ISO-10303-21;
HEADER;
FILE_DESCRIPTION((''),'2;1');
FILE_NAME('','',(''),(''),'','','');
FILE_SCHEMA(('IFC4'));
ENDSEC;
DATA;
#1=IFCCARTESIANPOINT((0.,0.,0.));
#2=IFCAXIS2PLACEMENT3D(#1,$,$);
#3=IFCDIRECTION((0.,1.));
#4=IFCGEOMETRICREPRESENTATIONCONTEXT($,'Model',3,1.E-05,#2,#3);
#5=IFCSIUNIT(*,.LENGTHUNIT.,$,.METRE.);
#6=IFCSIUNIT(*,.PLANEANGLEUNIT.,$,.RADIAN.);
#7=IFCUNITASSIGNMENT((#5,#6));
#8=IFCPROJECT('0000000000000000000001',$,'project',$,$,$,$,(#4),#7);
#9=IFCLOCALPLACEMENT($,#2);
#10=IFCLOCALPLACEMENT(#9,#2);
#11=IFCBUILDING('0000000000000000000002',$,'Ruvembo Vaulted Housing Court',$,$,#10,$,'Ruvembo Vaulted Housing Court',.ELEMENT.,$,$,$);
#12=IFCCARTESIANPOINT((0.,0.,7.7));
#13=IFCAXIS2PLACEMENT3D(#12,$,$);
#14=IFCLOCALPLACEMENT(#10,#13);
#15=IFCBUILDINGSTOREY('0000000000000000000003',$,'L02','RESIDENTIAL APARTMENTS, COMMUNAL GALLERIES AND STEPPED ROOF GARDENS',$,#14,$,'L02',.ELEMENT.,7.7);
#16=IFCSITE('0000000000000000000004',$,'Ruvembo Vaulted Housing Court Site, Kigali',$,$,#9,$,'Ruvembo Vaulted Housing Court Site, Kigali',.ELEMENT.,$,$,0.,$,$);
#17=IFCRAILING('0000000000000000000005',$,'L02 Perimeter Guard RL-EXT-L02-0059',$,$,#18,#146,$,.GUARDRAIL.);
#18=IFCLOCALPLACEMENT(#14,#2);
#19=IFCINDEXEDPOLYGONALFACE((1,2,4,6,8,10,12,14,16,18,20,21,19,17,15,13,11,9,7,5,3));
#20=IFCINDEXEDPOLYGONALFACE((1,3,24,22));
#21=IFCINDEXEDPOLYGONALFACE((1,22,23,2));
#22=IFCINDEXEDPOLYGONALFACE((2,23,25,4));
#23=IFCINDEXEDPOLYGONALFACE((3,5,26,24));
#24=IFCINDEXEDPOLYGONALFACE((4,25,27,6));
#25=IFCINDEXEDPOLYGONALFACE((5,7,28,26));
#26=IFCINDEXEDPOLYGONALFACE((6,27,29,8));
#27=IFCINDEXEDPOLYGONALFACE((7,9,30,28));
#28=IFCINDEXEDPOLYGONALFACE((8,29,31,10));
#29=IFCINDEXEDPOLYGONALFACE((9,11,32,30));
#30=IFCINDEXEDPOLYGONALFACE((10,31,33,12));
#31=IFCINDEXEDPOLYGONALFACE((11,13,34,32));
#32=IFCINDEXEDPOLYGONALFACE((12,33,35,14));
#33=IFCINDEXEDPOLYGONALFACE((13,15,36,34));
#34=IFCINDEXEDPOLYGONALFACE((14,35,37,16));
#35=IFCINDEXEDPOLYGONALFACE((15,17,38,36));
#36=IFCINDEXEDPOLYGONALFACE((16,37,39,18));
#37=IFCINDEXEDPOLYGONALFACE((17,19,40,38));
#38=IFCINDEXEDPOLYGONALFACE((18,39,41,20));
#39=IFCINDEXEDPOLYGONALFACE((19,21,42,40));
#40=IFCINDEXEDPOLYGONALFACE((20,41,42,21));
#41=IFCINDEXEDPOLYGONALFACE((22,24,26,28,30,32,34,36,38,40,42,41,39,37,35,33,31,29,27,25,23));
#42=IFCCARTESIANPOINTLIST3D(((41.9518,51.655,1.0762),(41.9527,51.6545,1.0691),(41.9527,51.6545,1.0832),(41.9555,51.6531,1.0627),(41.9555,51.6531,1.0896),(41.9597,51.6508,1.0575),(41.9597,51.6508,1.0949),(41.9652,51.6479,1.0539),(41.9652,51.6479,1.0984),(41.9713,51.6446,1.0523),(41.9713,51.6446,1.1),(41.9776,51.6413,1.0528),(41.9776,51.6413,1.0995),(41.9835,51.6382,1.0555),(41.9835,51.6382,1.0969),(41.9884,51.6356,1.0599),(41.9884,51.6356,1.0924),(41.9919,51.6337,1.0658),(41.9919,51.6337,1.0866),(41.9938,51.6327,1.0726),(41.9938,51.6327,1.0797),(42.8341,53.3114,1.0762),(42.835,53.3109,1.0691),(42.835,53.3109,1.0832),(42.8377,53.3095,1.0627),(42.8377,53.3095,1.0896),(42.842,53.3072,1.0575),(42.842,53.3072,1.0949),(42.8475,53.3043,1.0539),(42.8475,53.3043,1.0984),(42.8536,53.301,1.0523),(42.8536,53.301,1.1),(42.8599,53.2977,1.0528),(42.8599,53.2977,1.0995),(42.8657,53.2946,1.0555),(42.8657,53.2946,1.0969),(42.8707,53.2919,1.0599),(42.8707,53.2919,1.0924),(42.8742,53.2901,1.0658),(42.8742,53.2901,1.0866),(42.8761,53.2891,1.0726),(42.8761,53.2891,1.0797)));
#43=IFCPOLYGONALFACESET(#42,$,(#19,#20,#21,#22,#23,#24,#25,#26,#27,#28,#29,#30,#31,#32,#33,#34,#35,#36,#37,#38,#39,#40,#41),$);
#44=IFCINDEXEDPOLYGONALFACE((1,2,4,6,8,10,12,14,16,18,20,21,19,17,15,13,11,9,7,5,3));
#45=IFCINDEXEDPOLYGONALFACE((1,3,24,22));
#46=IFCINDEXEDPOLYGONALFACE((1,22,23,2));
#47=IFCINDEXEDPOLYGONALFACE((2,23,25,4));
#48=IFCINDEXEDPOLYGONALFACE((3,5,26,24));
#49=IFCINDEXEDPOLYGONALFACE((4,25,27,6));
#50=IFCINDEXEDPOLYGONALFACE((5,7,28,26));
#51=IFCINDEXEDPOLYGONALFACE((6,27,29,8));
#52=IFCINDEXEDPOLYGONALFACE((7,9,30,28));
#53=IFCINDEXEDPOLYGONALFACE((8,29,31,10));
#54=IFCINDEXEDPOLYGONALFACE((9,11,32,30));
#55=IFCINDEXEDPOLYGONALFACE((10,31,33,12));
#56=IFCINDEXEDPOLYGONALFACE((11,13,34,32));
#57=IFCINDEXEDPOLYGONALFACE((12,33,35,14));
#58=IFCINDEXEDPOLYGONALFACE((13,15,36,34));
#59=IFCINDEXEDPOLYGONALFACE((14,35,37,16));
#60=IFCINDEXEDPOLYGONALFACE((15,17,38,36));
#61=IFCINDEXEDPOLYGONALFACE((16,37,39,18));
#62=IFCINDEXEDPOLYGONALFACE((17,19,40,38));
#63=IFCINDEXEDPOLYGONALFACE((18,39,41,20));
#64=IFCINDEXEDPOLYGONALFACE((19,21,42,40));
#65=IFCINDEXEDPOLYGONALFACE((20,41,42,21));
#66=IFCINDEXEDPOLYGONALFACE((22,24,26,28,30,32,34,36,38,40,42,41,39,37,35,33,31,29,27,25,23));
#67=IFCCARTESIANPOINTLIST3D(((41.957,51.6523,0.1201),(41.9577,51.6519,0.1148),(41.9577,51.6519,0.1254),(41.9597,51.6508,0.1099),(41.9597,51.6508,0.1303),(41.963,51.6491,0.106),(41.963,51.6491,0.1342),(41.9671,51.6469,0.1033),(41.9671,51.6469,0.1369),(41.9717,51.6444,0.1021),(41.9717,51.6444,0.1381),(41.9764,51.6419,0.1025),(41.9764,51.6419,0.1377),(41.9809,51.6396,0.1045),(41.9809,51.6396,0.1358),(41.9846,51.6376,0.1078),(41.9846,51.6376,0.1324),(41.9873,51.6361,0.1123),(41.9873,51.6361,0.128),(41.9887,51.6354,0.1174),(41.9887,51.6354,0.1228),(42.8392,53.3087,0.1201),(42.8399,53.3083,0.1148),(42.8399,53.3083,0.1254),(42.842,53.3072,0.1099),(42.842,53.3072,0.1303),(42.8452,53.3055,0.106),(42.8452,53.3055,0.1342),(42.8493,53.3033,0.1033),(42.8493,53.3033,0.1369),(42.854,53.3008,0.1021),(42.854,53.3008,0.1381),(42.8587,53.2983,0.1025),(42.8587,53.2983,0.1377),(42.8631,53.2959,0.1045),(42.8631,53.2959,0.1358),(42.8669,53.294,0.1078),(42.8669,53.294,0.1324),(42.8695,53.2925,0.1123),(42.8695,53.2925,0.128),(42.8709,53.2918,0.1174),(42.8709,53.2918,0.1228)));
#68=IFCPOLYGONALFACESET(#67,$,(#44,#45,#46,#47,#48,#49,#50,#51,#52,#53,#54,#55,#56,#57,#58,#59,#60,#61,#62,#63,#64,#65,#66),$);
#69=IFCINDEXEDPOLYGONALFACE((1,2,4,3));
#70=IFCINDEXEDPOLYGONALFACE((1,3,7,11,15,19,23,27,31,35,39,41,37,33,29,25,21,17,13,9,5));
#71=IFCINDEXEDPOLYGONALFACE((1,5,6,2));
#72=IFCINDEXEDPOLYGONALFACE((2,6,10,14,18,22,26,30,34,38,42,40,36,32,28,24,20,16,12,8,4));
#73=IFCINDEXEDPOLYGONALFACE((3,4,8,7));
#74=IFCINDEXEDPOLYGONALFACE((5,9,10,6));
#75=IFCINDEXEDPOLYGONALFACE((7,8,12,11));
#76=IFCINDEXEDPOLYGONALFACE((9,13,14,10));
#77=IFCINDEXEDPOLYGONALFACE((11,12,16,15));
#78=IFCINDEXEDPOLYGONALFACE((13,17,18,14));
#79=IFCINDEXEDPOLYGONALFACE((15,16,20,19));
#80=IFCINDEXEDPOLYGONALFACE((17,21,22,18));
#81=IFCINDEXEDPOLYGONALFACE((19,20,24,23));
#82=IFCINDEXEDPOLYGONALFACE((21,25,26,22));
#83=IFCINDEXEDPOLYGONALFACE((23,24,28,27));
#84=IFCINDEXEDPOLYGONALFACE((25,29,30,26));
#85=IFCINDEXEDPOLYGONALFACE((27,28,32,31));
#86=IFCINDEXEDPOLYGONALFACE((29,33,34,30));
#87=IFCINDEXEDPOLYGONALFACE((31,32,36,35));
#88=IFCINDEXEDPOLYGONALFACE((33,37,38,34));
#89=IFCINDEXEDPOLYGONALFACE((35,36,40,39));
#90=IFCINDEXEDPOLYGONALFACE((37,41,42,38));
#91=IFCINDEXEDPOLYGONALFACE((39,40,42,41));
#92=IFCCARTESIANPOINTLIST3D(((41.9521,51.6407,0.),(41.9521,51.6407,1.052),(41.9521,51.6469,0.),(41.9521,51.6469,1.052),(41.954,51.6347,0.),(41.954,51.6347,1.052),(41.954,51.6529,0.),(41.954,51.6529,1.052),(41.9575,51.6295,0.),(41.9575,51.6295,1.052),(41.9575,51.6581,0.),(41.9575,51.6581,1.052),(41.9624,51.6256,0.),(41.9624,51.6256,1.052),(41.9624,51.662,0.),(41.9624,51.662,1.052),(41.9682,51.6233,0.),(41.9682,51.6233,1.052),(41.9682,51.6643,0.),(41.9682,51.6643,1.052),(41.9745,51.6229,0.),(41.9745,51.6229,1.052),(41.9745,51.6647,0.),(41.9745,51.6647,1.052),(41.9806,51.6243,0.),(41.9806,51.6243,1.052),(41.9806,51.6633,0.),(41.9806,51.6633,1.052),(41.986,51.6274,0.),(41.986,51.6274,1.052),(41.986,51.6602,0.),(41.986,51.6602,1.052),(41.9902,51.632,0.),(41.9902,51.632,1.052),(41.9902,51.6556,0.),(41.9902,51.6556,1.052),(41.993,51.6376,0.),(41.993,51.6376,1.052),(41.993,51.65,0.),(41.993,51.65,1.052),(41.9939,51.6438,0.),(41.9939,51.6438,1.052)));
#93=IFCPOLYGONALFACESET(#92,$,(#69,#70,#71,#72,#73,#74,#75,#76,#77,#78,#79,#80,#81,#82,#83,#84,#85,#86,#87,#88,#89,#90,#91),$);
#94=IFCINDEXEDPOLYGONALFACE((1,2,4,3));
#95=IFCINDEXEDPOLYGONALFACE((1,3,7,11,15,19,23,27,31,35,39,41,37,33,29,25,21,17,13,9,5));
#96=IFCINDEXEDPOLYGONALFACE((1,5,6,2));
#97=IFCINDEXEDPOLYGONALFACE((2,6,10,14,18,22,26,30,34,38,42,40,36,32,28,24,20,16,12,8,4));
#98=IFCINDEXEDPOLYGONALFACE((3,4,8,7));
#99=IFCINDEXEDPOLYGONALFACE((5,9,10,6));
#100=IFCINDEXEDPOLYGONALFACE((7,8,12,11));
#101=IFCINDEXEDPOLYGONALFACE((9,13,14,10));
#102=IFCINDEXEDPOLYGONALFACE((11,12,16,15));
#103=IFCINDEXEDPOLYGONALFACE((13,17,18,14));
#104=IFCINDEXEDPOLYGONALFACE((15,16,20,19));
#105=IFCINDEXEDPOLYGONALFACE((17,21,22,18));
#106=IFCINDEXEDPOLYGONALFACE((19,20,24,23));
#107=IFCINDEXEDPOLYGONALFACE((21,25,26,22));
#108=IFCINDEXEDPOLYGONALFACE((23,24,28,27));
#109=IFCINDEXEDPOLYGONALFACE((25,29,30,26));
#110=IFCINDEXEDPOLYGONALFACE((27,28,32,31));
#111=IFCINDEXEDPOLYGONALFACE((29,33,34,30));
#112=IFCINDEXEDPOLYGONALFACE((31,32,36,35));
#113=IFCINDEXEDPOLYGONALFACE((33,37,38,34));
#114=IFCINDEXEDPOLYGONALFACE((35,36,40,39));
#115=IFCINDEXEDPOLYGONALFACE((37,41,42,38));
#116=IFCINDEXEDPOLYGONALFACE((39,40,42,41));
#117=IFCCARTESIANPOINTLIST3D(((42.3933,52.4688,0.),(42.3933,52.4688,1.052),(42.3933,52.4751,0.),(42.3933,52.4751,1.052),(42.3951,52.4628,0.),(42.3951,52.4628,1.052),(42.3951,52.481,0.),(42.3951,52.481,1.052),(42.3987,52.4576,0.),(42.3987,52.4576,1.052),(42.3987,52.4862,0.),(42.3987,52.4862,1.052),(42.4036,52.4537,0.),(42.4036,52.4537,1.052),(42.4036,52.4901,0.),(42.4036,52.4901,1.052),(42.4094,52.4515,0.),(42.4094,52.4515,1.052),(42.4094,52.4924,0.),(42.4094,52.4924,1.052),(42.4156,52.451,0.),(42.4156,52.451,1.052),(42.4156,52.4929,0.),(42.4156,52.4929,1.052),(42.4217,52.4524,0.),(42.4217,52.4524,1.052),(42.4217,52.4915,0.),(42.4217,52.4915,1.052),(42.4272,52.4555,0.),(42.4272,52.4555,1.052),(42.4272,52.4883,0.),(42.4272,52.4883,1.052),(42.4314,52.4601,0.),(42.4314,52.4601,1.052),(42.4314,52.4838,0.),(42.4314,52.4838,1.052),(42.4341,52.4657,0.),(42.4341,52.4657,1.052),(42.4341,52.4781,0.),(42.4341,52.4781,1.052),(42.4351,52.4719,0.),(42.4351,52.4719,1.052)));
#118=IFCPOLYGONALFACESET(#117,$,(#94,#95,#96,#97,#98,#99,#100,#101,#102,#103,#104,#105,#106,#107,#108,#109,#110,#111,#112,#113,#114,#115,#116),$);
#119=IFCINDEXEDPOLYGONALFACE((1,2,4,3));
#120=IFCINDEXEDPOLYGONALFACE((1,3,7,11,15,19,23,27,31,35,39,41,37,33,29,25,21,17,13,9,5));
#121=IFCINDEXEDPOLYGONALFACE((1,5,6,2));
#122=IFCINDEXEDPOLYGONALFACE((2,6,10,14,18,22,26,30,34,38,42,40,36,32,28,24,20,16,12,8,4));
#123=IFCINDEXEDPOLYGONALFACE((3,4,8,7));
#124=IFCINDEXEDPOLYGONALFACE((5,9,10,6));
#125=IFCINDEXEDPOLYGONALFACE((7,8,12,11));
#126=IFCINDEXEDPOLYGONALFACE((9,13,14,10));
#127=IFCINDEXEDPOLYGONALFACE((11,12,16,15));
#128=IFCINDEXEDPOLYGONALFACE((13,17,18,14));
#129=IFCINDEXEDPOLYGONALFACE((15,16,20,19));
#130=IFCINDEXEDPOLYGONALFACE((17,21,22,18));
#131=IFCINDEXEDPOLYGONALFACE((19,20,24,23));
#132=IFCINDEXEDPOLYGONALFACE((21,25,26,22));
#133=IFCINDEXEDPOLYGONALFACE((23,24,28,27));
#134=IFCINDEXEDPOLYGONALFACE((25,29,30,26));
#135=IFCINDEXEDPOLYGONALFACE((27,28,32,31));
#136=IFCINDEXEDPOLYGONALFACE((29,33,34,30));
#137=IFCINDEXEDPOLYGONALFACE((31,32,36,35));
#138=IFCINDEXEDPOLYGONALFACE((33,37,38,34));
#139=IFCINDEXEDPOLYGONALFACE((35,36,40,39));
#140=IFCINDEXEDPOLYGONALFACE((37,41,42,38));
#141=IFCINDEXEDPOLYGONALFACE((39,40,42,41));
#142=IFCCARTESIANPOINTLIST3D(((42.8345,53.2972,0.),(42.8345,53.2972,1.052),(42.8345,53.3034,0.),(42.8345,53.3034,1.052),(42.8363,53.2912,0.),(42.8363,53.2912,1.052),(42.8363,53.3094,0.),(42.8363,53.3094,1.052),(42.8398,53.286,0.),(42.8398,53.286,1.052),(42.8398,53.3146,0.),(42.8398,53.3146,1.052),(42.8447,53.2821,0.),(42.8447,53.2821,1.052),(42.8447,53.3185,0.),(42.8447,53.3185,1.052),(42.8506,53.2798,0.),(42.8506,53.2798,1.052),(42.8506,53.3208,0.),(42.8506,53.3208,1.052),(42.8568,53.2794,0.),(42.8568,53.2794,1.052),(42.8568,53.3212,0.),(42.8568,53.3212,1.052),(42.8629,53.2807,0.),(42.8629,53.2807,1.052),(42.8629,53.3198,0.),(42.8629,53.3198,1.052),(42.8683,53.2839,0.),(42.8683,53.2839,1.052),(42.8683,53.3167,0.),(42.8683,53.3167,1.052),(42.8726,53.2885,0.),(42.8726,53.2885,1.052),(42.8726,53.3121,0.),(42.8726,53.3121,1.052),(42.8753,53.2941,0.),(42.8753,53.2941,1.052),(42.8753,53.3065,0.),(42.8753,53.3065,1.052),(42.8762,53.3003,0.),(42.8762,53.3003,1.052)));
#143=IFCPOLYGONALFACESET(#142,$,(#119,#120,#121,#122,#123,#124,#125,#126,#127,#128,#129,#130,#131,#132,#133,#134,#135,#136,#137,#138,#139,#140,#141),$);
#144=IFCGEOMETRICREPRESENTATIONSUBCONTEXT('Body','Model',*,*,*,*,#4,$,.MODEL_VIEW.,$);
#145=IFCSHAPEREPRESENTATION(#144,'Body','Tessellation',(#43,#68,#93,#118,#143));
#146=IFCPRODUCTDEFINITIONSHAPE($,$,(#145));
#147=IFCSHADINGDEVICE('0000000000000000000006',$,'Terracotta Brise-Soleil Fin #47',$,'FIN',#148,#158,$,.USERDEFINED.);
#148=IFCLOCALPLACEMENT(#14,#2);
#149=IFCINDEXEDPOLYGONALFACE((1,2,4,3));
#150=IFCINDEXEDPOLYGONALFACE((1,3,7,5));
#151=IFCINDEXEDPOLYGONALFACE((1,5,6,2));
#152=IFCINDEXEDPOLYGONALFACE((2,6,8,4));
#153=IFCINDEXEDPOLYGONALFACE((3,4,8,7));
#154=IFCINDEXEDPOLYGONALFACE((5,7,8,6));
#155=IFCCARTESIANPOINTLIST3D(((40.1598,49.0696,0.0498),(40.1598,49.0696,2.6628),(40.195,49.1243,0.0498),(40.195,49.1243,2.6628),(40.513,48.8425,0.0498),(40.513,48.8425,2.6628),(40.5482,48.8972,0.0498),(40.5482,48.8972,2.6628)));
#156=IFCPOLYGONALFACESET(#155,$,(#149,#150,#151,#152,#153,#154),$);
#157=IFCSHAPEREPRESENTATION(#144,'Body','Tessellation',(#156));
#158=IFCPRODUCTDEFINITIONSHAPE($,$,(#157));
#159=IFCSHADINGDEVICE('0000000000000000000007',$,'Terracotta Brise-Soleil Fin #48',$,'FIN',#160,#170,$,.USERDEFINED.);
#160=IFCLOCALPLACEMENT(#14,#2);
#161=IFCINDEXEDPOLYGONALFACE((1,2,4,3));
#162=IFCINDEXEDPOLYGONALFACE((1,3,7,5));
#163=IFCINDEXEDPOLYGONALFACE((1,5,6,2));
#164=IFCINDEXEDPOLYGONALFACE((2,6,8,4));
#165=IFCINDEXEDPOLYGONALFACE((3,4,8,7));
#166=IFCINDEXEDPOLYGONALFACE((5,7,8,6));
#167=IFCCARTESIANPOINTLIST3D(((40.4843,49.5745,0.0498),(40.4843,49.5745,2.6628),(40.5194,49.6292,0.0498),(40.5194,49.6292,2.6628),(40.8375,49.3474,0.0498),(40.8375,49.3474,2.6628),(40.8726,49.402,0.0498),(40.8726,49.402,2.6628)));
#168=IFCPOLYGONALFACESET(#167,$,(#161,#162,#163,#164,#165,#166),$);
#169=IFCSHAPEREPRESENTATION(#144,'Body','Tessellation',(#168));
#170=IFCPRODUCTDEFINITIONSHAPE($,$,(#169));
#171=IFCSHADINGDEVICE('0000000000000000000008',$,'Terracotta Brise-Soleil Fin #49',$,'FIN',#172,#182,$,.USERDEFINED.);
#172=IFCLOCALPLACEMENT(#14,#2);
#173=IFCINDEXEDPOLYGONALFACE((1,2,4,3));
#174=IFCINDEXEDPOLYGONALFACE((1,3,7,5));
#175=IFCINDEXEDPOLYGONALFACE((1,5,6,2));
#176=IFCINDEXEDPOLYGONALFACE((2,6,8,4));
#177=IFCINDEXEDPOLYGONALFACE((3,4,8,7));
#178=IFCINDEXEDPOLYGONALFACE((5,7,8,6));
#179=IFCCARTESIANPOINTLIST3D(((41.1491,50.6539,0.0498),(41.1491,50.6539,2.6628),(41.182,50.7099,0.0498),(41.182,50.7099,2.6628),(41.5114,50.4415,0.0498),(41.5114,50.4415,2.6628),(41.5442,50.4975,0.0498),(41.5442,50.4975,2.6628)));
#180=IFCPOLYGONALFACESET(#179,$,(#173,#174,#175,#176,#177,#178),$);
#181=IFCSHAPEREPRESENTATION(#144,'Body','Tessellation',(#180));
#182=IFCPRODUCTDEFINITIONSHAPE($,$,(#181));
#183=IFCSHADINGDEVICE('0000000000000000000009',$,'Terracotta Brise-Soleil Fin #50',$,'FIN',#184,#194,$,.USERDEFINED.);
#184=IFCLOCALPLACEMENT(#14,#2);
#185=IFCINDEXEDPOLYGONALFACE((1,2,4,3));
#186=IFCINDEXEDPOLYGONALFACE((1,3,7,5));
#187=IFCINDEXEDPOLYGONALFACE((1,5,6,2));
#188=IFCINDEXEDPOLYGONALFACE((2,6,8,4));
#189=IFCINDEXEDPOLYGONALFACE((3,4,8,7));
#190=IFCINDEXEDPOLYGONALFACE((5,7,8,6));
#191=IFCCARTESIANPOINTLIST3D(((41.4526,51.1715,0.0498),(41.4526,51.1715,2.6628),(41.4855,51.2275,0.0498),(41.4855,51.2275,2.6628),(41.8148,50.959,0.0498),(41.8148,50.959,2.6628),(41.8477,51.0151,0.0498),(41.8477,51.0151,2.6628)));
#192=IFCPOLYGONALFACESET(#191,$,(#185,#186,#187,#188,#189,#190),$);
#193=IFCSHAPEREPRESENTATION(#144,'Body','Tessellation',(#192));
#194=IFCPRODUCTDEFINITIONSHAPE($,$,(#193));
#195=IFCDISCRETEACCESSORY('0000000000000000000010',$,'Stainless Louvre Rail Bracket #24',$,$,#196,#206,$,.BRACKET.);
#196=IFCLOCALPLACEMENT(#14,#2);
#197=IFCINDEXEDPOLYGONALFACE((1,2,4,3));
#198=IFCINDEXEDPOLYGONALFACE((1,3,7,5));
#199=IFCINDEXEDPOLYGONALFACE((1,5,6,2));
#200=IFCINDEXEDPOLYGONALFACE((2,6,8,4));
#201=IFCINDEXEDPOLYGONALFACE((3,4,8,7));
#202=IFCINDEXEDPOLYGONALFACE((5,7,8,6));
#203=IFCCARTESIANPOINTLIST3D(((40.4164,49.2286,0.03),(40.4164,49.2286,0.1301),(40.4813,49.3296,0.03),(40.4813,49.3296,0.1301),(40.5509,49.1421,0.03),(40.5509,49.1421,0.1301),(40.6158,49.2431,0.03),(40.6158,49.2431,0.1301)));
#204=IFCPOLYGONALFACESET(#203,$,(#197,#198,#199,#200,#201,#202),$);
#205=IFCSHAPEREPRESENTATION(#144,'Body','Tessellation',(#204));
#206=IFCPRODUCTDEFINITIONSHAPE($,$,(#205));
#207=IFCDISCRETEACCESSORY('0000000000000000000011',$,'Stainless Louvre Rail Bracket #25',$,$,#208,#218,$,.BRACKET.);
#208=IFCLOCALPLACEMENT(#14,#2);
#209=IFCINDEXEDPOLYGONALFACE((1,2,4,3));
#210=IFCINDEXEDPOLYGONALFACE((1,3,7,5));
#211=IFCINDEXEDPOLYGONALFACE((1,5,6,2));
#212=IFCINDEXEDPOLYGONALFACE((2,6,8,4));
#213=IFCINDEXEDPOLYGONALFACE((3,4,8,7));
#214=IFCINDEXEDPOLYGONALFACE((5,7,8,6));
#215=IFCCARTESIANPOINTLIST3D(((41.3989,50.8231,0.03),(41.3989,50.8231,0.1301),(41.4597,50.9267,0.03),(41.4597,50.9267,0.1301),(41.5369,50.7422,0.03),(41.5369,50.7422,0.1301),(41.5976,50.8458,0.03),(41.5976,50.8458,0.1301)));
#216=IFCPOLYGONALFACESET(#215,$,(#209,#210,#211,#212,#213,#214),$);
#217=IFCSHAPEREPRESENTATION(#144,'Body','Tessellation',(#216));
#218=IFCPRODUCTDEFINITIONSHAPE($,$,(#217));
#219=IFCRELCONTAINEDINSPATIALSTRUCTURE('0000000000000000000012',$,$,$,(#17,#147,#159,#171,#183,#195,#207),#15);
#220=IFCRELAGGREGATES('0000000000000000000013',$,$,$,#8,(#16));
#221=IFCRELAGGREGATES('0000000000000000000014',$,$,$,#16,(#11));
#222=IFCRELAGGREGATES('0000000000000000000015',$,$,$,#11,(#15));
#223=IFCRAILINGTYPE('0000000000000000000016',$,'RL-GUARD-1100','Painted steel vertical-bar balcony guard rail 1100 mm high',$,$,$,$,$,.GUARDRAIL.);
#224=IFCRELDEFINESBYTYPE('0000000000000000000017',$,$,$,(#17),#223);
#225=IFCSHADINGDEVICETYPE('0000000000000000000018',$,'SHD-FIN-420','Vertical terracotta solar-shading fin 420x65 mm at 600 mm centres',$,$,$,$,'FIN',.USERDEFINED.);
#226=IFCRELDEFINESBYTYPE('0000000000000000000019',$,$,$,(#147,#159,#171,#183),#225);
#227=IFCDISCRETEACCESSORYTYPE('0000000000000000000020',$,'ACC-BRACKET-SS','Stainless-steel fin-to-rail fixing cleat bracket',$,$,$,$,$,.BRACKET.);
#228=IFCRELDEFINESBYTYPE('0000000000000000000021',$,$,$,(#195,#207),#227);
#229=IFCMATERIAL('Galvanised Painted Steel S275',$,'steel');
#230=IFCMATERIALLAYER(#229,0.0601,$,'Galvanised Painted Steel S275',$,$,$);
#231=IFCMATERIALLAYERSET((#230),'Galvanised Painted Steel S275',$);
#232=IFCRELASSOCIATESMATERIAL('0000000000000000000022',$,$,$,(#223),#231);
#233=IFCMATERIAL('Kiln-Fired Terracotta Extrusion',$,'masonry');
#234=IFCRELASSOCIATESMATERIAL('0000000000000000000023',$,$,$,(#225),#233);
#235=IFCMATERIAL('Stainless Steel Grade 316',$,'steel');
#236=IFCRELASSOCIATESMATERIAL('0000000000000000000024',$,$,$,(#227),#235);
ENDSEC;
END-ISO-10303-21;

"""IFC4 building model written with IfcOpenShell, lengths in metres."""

from ifc_helpers import new_model, si_unit, direction, frame, origin, origin_2d, place, context, subcontext, project, spatial, rectangle, circle, extrude, material, layer, layer_set, type_object, element, save


model = new_model("IFC4")

# Units and contexts
model_context = context("Model", 3, precision=1e-05, world=origin(), true_north=direction((0.0, 1.0)))
body_context = subcontext(model_context, "Body", "Model", "MODEL_VIEW")
ifc_project = project(units=[si_unit("LENGTHUNIT", "METRE"), si_unit("PLANEANGLEUNIT", "RADIAN")], contexts=[model_context])

# Site, building, storey
site_placement = place(None, origin())
site = spatial("IfcSite", under=ifc_project, at=site_placement, Name="Ruvembo Vaulted Housing Court Site, Kigali", LongName="Ruvembo Vaulted Housing Court Site, Kigali", CompositionType="ELEMENT", RefElevation=0.0)
building_placement = place(site_placement, origin())
building = spatial("IfcBuilding", under=site, at=building_placement, Name="Ruvembo Vaulted Housing Court", LongName="Ruvembo Vaulted Housing Court", CompositionType="ELEMENT")
storey_placement = place(building_placement, frame((0.0, 0.0, 7.7)))
storey = spatial("IfcBuildingStorey", under=building, at=storey_placement, Name="L02", Description="RESIDENTIAL APARTMENTS, COMMUNAL GALLERIES AND STEPPED ROOF GARDENS", LongName="L02", CompositionType="ELEMENT", Elevation=7.7)

# Railing
ifc_material_1 = material(Name="Galvanised Painted Steel S275", Category="steel")
ifc_layer = layer(ifc_material_1, 0.0601, Name="Galvanised Painted Steel S275")
ifc_layer_set = layer_set([ifc_layer], Name="Galvanised Painted Steel S275")
railing_type = type_object("IfcRailingType", Name="RL-GUARD-1100", Description="Painted steel vertical-bar balcony guard rail 1100 mm high", PredefinedType="GUARDRAIL", material=ifc_layer_set)
railing_1_placement = place(storey_placement, frame((41.9729, 51.6438, 0.0)))
element("IfcRailing", 1, at=railing_1_placement, inside=storey, type_object=railing_type, Name="L02 Perimeter Guard RL-EXT-L02-0059", PredefinedType="GUARDRAIL", context=body_context, shape_type="SweptSolid", body=[
    extrude(circle(Radius=0.0239, at=origin_2d()), frame((0.0, 0.0, 1.0762), z_axis=(0.470116, 0.882605, 0.0), x_axis=(-0.882605, 0.470116, 0.0)), (0.0, 0.0, 1.0), 1.8767),
    extrude(circle(Radius=0.0181, at=origin_2d()), frame((0.0, 0.0, 0.1201), z_axis=(0.470116, 0.882605, 0.0), x_axis=(-0.882605, 0.470116, 0.0)), (0.0, 0.0, 1.0), 1.8767),
    extrude(circle(Radius=0.021, at=origin_2d()), origin(), (0.0, 0.0, 1.0), 1.052),
    extrude(circle(Radius=0.021, at=origin_2d()), frame((0.4412, 0.8281, 0.0)), (0.0, 0.0, 1.0), 1.052),
    extrude(circle(Radius=0.021, at=origin_2d()), frame((0.8823, 1.6565, 0.0)), (0.0, 0.0, 1.0), 1.052),
])

# Shading devices
ifc_material_2 = material(Name="Kiln-Fired Terracotta Extrusion", Category="masonry")
shading_device_type = type_object("IfcShadingDeviceType", Name="SHD-FIN-420", Description="Vertical terracotta solar-shading fin 420x65 mm at 600 mm centres", ElementType="FIN", PredefinedType="USERDEFINED", material=ifc_material_2)
for number, where, z_axis, x_axis, name in (
    (2, (40.354, 48.9834, 0.0498), (0.0, 0.0, 1.0), (0.841115, -0.540857, 0.0), "Terracotta Brise-Soleil Fin #47"),
    (3, (40.6785, 49.4883, 0.0498), (0.0, 0.0, 1.0), (0.841115, -0.540857, 0.0), "Terracotta Brise-Soleil Fin #48"),
    (4, (41.3467, 50.5757, 0.0498), (0.0, 0.0, 1.0), (0.86262, -0.505853, 0.0), "Terracotta Brise-Soleil Fin #49"),
    (5, (41.6501, 51.0933, 0.0498), (0.0, 0.0, 1.0), (0.86262, -0.505853, 0.0), "Terracotta Brise-Soleil Fin #50"),
):
    element("IfcShadingDevice", number, at=place(storey_placement, frame(where, z_axis=z_axis, x_axis=x_axis)), inside=storey, type_object=shading_device_type, Name=name, ObjectType="FIN", PredefinedType="USERDEFINED", context=body_context, shape_type="SweptSolid", body=[
        extrude(rectangle(XDim=0.4199, YDim=0.0649, at=origin_2d()), origin(), (0.0, 0.0, 1.0), 2.613),
    ])

# Discrete accessories
ifc_material_3 = material(Name="Stainless Steel Grade 316", Category="steel")
discrete_accessory_type = type_object("IfcDiscreteAccessoryType", Name="ACC-BRACKET-SS", Description="Stainless-steel fin-to-rail fixing cleat bracket", PredefinedType="BRACKET", material=ifc_material_3)
for number, where, z_axis, x_axis, name in (
    (6, (40.5161, 49.2358, 0.03), (0.0, 0.0, 1.0), (0.841115, -0.540857, 0.0), "Stainless Louvre Rail Bracket #24"),
    (7, (41.4983, 50.8345, 0.03), (0.0, 0.0, 1.0), (0.86262, -0.505853, 0.0), "Stainless Louvre Rail Bracket #25"),
):
    element("IfcDiscreteAccessory", number, at=place(storey_placement, frame(where, z_axis=z_axis, x_axis=x_axis)), inside=storey, type_object=discrete_accessory_type, Name=name, PredefinedType="BRACKET", context=body_context, shape_type="SweptSolid", body=[
        extrude(rectangle(XDim=0.1599, YDim=0.1201, at=origin_2d()), origin(), (0.0, 0.0, 1.0), 0.1001),
    ])

save(model, "model.ifc")
